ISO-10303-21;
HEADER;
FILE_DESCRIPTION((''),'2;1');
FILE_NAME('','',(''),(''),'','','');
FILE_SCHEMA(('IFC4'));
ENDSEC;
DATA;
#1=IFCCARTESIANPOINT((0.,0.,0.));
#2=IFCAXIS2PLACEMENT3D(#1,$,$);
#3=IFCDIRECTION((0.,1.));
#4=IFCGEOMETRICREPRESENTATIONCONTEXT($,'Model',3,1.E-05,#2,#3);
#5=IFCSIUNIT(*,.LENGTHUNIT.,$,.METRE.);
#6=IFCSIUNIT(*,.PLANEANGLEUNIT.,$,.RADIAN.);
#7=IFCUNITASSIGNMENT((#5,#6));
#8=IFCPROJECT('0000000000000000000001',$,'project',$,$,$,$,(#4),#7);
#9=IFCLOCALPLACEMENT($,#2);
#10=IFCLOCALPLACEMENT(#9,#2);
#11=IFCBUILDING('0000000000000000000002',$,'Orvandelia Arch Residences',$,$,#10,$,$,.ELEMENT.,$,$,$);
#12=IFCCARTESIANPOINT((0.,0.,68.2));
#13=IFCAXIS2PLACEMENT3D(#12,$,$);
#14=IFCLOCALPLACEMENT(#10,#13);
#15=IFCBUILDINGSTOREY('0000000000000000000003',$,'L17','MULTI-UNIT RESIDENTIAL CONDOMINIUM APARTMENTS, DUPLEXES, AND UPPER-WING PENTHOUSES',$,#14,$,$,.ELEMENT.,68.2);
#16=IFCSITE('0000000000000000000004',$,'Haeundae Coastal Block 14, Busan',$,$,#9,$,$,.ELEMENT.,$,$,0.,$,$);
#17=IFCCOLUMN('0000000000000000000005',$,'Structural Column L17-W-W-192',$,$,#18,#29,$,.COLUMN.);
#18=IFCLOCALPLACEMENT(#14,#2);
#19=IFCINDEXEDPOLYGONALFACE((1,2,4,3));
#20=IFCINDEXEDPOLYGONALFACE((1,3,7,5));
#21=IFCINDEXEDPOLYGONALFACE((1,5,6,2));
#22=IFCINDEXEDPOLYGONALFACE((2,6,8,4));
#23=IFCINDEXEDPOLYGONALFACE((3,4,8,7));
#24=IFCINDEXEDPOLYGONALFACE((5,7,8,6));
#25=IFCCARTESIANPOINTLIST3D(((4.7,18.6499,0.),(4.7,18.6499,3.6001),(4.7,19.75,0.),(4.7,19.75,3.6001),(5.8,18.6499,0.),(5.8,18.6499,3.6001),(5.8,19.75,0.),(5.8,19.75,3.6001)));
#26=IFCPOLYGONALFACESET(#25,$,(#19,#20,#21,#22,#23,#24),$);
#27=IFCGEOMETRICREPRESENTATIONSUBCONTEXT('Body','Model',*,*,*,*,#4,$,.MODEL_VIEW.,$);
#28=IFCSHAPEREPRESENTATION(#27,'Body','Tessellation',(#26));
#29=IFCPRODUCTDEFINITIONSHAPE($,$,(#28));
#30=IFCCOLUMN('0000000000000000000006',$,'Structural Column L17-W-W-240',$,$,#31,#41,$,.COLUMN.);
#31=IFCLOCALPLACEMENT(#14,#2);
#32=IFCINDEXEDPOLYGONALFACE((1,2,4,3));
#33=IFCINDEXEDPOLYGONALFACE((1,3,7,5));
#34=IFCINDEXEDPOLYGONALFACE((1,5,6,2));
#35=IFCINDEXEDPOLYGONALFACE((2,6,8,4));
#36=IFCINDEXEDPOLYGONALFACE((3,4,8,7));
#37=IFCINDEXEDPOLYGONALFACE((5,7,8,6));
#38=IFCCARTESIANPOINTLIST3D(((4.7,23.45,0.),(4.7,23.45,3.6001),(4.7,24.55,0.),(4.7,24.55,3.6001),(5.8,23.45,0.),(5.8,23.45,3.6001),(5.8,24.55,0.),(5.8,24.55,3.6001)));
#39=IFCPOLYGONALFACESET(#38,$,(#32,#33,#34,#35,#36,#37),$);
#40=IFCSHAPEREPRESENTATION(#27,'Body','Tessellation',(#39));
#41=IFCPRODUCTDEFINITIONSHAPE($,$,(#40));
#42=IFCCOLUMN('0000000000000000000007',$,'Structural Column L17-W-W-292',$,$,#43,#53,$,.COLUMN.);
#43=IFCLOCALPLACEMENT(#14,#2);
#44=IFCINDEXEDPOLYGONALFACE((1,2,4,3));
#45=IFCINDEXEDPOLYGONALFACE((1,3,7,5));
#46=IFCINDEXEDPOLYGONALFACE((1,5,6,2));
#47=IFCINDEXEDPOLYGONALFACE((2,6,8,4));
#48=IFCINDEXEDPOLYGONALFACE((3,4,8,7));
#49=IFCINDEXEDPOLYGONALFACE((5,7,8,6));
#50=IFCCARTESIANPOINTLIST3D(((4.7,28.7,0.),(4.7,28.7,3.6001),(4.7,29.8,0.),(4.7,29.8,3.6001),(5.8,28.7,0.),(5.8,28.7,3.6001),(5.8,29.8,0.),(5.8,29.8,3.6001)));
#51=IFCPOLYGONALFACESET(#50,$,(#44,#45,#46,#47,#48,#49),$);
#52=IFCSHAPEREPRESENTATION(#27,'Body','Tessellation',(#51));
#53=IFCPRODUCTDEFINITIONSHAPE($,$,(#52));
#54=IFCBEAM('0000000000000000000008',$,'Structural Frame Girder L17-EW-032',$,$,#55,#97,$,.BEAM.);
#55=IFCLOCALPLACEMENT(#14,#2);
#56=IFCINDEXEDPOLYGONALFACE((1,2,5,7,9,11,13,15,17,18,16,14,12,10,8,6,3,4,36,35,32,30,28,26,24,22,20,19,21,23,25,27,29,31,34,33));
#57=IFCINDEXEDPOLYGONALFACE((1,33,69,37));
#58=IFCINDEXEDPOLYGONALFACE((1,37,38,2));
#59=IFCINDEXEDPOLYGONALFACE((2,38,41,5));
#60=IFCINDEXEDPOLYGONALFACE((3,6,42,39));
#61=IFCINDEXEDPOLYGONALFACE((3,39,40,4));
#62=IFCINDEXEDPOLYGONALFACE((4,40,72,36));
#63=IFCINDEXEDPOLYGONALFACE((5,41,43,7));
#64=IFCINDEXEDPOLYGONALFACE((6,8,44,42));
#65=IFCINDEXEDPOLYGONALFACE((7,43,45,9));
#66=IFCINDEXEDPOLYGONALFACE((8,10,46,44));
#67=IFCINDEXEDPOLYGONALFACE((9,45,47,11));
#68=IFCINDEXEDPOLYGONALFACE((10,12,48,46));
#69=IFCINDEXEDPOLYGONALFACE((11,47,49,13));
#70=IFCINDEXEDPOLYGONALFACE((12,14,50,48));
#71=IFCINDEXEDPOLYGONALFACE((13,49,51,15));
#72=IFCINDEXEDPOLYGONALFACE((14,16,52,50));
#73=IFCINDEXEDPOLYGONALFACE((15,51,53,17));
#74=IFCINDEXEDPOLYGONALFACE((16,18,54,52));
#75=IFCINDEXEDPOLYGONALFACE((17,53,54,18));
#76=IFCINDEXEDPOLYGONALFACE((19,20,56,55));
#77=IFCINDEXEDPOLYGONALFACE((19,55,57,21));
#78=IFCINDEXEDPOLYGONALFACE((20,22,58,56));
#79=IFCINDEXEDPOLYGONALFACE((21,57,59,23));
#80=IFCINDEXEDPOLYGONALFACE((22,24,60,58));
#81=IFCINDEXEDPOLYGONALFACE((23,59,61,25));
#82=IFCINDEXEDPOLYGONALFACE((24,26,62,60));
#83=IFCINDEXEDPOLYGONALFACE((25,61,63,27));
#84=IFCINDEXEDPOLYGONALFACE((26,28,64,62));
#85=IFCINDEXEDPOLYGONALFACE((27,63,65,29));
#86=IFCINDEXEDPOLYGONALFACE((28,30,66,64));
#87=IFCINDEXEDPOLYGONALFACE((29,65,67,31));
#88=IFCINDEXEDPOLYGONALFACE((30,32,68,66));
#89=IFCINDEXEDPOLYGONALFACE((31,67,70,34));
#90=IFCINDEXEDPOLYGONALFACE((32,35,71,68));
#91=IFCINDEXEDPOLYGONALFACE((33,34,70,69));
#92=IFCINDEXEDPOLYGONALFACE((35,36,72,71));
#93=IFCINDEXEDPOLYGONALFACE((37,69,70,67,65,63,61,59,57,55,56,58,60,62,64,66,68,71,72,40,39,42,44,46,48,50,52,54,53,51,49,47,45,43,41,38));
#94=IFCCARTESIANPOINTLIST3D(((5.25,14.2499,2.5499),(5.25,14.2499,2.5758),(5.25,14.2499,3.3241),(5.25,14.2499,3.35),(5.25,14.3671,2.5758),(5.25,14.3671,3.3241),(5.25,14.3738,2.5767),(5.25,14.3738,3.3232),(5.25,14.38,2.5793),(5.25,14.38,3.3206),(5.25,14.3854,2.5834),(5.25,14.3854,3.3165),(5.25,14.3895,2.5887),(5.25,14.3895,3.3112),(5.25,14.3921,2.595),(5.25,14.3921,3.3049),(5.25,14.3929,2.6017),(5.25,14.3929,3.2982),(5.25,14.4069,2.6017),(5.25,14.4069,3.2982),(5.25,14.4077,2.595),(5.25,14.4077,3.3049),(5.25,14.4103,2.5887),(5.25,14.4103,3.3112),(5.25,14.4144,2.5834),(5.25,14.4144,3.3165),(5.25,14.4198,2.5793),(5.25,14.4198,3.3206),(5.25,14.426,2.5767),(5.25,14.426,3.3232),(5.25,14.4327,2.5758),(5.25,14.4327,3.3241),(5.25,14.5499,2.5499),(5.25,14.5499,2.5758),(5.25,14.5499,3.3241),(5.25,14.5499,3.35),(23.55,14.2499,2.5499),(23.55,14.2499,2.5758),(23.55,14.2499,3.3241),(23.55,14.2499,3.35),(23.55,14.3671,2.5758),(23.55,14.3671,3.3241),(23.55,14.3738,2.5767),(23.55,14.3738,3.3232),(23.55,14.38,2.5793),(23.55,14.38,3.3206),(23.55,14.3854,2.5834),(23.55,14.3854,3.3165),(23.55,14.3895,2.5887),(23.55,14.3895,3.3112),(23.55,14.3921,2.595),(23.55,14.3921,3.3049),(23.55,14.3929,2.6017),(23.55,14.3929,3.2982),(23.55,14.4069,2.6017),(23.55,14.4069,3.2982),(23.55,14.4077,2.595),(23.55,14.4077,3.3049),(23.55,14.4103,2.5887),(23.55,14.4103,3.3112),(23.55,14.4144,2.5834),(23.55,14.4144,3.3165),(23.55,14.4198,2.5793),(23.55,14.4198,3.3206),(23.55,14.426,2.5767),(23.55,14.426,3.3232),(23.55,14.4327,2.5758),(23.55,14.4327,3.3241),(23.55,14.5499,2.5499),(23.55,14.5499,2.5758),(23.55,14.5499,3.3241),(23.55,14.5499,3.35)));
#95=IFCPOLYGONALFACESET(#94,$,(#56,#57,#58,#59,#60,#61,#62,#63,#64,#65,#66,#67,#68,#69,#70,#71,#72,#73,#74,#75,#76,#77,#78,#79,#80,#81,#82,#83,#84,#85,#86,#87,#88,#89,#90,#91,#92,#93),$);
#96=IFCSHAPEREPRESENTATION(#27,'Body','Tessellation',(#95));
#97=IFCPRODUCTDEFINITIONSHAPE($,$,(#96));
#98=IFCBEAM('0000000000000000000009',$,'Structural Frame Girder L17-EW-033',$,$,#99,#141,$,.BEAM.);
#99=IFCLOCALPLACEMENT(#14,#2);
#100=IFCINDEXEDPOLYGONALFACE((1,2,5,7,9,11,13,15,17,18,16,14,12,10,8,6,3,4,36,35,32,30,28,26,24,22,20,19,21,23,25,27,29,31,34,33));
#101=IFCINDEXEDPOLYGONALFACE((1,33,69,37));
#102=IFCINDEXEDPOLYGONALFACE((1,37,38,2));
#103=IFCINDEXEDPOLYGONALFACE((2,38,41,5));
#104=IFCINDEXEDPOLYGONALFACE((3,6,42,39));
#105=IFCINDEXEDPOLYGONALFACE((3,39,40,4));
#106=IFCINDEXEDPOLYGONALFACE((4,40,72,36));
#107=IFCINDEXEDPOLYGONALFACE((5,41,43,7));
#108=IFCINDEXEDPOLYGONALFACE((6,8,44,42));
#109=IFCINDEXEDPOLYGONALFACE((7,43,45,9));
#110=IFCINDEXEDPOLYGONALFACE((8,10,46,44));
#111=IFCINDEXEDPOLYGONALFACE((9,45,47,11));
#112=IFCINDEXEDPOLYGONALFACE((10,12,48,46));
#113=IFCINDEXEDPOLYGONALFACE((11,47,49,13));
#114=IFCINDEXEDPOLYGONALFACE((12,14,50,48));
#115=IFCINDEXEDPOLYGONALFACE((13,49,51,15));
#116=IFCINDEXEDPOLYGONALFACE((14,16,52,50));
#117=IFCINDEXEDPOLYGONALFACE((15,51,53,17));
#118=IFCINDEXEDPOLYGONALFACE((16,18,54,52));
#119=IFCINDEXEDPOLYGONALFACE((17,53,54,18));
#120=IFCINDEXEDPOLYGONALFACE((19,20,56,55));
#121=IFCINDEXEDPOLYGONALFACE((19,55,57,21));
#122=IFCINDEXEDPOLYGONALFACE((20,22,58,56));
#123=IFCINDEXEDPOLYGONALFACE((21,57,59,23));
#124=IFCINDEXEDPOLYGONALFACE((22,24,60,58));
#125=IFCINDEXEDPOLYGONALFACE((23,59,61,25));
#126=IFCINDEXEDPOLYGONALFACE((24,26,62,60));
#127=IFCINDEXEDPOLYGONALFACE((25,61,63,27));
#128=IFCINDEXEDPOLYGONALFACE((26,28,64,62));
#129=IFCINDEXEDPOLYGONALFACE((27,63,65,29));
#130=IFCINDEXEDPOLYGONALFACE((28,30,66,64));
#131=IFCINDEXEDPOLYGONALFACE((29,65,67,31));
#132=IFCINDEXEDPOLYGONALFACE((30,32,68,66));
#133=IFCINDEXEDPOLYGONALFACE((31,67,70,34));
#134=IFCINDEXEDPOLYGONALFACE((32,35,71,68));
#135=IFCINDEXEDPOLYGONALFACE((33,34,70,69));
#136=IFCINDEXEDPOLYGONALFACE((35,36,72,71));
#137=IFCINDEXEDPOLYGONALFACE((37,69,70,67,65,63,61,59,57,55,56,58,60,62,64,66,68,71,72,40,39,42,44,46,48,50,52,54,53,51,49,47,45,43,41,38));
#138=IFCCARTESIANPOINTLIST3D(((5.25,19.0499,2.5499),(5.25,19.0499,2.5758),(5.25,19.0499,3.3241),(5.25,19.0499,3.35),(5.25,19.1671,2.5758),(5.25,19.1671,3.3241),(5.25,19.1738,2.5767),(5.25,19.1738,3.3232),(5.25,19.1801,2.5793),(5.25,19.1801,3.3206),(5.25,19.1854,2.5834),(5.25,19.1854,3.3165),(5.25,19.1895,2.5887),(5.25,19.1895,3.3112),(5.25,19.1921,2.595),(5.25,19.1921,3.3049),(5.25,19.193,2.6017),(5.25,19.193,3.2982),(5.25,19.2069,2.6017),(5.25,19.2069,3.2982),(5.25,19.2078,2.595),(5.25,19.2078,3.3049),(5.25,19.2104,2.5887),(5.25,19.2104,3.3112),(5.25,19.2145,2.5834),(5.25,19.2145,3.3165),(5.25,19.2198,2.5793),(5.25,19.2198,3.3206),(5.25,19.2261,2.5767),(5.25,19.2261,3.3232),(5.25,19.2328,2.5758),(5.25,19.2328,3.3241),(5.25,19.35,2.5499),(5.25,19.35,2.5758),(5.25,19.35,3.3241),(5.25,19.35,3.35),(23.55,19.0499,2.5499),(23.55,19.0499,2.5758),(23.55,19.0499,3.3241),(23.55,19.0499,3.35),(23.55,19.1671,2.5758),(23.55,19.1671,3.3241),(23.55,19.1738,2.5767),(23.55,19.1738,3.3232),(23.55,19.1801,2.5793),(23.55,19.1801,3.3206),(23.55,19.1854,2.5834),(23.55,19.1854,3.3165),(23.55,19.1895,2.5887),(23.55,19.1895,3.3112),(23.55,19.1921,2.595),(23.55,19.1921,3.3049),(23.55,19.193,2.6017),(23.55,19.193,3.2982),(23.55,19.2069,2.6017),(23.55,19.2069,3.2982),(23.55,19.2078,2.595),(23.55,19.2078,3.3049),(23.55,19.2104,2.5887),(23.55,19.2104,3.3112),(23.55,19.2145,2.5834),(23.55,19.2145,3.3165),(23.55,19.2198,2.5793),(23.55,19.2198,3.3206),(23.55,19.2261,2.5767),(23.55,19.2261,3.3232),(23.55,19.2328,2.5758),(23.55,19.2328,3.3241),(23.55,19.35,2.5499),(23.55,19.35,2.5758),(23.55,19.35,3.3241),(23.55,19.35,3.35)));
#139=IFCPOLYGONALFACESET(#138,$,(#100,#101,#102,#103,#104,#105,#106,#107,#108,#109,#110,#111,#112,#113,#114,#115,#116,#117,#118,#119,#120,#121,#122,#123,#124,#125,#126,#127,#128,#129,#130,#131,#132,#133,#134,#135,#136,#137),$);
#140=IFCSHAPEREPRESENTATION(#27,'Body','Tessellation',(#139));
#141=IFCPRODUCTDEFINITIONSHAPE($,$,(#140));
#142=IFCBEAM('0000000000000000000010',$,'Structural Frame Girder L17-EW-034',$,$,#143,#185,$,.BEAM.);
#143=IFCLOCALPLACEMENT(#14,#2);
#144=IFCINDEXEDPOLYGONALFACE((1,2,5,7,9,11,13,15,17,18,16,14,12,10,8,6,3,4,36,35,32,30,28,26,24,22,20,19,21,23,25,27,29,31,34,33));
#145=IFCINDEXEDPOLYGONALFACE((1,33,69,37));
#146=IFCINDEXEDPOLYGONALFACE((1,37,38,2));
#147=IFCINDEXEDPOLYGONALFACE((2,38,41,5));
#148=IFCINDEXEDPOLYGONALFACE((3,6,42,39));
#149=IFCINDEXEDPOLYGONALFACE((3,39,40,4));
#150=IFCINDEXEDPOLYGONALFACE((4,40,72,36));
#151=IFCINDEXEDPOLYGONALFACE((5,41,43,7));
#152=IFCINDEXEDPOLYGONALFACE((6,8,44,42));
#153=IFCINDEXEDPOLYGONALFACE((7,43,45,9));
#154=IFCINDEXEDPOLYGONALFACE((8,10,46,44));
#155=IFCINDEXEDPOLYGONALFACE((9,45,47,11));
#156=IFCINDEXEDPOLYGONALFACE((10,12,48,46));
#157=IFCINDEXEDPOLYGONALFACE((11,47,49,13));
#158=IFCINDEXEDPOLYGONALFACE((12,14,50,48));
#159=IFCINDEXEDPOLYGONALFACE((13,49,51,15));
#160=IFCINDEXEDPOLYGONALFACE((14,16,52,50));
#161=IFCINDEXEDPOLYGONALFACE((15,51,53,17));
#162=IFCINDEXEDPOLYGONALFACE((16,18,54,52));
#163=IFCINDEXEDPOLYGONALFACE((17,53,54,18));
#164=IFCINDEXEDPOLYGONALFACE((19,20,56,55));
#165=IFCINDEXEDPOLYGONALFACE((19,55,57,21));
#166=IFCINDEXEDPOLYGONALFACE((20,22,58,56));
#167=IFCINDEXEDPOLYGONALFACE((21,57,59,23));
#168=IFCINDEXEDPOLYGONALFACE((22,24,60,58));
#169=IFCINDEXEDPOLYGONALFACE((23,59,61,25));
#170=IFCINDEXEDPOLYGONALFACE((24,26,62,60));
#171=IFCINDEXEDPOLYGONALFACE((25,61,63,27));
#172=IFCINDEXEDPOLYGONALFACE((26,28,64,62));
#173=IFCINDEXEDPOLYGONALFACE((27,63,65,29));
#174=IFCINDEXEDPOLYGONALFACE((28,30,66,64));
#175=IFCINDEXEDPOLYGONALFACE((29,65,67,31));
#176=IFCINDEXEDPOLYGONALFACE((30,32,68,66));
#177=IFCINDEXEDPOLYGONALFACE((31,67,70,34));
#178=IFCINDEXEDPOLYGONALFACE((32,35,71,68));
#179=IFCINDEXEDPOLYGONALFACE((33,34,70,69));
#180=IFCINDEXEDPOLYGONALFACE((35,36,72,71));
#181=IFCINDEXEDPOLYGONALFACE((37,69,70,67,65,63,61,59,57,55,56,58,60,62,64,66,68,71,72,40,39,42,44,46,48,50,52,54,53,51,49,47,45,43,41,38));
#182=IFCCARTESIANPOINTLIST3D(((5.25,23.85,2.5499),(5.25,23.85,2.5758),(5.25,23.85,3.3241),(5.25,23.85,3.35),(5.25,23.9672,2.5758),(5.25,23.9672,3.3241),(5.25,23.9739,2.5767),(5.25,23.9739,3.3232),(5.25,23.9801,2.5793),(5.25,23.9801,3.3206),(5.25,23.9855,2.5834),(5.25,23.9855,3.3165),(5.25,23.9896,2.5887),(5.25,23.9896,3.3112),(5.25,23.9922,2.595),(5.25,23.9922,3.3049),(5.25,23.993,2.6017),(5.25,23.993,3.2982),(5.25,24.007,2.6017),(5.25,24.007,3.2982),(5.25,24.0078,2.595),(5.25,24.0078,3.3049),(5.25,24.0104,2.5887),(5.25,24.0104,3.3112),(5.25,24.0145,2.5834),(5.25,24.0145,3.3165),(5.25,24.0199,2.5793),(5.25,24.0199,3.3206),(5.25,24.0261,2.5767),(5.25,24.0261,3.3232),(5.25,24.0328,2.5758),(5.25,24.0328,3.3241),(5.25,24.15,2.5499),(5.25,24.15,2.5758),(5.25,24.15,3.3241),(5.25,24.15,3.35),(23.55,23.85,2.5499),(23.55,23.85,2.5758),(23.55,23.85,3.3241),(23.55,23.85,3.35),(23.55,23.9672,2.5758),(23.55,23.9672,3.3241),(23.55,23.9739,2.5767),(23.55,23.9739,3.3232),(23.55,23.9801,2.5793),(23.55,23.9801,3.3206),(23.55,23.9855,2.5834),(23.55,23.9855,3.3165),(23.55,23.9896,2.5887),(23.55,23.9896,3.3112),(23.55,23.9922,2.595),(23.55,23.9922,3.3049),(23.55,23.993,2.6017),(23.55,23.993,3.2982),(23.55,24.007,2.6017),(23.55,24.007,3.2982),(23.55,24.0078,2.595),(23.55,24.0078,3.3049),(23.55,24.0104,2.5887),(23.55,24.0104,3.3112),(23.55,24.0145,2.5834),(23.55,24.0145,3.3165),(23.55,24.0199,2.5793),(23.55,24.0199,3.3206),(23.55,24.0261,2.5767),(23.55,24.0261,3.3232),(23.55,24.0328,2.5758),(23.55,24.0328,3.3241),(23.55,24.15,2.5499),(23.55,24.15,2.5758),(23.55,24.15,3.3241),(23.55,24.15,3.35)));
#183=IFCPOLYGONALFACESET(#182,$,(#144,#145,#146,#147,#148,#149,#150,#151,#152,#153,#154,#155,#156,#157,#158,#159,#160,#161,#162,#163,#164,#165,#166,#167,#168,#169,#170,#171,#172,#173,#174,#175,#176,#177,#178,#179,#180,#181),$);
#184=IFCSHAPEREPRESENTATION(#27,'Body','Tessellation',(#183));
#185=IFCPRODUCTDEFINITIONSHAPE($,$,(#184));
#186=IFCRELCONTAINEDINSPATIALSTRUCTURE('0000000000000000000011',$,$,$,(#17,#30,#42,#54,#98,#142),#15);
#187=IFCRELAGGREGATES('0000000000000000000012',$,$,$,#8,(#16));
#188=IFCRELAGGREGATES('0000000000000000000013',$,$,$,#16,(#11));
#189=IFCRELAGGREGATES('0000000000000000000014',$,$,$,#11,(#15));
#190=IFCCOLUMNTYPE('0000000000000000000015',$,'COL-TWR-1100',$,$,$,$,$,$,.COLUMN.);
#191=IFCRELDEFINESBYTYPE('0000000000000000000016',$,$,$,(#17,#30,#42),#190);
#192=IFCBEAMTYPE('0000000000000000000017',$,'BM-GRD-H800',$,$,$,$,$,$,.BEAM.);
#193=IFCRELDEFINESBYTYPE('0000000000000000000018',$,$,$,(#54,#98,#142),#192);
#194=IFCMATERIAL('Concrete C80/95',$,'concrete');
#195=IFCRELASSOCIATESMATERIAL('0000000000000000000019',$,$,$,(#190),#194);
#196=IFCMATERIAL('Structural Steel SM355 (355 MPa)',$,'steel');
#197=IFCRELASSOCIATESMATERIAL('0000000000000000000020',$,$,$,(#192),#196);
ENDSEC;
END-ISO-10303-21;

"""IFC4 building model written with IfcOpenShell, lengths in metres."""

from ifc_helpers import new_model, si_unit, direction, frame, origin, origin_2d, place, context, subcontext, project, spatial, rectangle, i_section, extrude, material, material_profile, profile_set, type_object, element, save


model = new_model("IFC4")

# Units and contexts
model_context = context("Model", 3, precision=1e-05, world=origin(), true_north=direction((0.0, 1.0)))
body_context = subcontext(model_context, "Body", "Model", "MODEL_VIEW")
ifc_project = project(units=[si_unit("LENGTHUNIT", "METRE"), si_unit("PLANEANGLEUNIT", "RADIAN")], contexts=[model_context])

# Site, building, storey
site_placement = place(None, origin())
site = spatial("IfcSite", under=ifc_project, at=site_placement, Name="Haeundae Coastal Block 14, Busan", CompositionType="ELEMENT", RefElevation=0.0)
building_placement = place(site_placement, origin())
building = spatial("IfcBuilding", under=site, at=building_placement, Name="Orvandelia Arch Residences", CompositionType="ELEMENT")
storey_placement = place(building_placement, frame((0.0, 0.0, 68.2)))
storey = spatial("IfcBuildingStorey", under=building, at=storey_placement, Name="L17", Description="MULTI-UNIT RESIDENTIAL CONDOMINIUM APARTMENTS, DUPLEXES, AND UPPER-WING PENTHOUSES", CompositionType="ELEMENT", Elevation=68.2)

# Columns
ifc_material_1 = material(Name="Concrete C80/95", Category="concrete")
ifc_material_profile_1 = material_profile(ifc_material_1, rectangle(XDim=1.1001, YDim=1.1001, at=origin_2d()), Name="Concrete C80/95", Category="concrete")
ifc_profile_set_1 = profile_set([ifc_material_profile_1], Name="Concrete C80/95")
column_type = type_object("IfcColumnType", Name="COL-TWR-1100", PredefinedType="COLUMN", material=ifc_profile_set_1)
for number, where, z_axis, x_axis, name in (
    (1, (5.25, 19.2, 0.0), (0.0, 0.0, 1.0), (1.0, 0.0, 0.0), "Structural Column L17-W-W-192"),
    (2, (5.25, 24.0, 0.0), (0.0, 0.0, 1.0), (1.0, 0.0, 0.0), "Structural Column L17-W-W-240"),
    (3, (5.25, 29.25, 0.0), (0.0, 0.0, 1.0), (1.0, 0.0, 0.0), "Structural Column L17-W-W-292"),
):
    element("IfcColumn", number, at=place(storey_placement, frame(where, z_axis=z_axis, x_axis=x_axis)), inside=storey, type_object=column_type, Name=name, PredefinedType="COLUMN", context=body_context, shape_type="SweptSolid", body=[
        extrude(rectangle(XDim=1.1001, YDim=1.1001, at=origin_2d()), origin(), (0.0, 0.0, 1.0), 3.6001),
    ])

# Beams
ifc_material_2 = material(Name="Structural Steel SM355 (355 MPa)", Category="steel")
ifc_material_profile_2 = material_profile(ifc_material_2, i_section(OverallWidth=0.3, OverallDepth=0.8, WebThickness=0.0139, FlangeThickness=0.0259, FilletRadius=0.0259, at=origin_2d()), Name="Structural Steel SM355 (355 MPa)", Category="steel")
ifc_profile_set_2 = profile_set([ifc_material_profile_2], Name="Structural Steel SM355 (355 MPa)")
beam_type_1 = type_object("IfcBeamType", Name="BM-GRD-H800", PredefinedType="BEAM", material=ifc_profile_set_2)
for number, where, z_axis, x_axis, name in (
    (4, (5.25, 14.3999, 2.95), (1.0, 0.0, 0.0), (0.0, 1.0, 0.0), "Structural Frame Girder L17-EW-032"),
    (5, (5.25, 19.2, 2.95), (1.0, 0.0, 0.0), (0.0, 1.0, 0.0), "Structural Frame Girder L17-EW-033"),
    (6, (5.25, 24.0, 2.95), (1.0, 0.0, 0.0), (0.0, 1.0, 0.0), "Structural Frame Girder L17-EW-034"),
):
    element("IfcBeam", number, at=place(storey_placement, frame(where, z_axis=z_axis, x_axis=x_axis)), inside=storey, type_object=beam_type_1, Name=name, PredefinedType="BEAM", context=body_context, shape_type="SweptSolid", body=[
        extrude(i_section(OverallWidth=0.3, OverallDepth=0.8, WebThickness=0.0139, FlangeThickness=0.0259, FilletRadius=0.0259, at=origin_2d()), origin(), (0.0, 0.0, 1.0), 18.3),
    ])

save(model, "model.ifc")
